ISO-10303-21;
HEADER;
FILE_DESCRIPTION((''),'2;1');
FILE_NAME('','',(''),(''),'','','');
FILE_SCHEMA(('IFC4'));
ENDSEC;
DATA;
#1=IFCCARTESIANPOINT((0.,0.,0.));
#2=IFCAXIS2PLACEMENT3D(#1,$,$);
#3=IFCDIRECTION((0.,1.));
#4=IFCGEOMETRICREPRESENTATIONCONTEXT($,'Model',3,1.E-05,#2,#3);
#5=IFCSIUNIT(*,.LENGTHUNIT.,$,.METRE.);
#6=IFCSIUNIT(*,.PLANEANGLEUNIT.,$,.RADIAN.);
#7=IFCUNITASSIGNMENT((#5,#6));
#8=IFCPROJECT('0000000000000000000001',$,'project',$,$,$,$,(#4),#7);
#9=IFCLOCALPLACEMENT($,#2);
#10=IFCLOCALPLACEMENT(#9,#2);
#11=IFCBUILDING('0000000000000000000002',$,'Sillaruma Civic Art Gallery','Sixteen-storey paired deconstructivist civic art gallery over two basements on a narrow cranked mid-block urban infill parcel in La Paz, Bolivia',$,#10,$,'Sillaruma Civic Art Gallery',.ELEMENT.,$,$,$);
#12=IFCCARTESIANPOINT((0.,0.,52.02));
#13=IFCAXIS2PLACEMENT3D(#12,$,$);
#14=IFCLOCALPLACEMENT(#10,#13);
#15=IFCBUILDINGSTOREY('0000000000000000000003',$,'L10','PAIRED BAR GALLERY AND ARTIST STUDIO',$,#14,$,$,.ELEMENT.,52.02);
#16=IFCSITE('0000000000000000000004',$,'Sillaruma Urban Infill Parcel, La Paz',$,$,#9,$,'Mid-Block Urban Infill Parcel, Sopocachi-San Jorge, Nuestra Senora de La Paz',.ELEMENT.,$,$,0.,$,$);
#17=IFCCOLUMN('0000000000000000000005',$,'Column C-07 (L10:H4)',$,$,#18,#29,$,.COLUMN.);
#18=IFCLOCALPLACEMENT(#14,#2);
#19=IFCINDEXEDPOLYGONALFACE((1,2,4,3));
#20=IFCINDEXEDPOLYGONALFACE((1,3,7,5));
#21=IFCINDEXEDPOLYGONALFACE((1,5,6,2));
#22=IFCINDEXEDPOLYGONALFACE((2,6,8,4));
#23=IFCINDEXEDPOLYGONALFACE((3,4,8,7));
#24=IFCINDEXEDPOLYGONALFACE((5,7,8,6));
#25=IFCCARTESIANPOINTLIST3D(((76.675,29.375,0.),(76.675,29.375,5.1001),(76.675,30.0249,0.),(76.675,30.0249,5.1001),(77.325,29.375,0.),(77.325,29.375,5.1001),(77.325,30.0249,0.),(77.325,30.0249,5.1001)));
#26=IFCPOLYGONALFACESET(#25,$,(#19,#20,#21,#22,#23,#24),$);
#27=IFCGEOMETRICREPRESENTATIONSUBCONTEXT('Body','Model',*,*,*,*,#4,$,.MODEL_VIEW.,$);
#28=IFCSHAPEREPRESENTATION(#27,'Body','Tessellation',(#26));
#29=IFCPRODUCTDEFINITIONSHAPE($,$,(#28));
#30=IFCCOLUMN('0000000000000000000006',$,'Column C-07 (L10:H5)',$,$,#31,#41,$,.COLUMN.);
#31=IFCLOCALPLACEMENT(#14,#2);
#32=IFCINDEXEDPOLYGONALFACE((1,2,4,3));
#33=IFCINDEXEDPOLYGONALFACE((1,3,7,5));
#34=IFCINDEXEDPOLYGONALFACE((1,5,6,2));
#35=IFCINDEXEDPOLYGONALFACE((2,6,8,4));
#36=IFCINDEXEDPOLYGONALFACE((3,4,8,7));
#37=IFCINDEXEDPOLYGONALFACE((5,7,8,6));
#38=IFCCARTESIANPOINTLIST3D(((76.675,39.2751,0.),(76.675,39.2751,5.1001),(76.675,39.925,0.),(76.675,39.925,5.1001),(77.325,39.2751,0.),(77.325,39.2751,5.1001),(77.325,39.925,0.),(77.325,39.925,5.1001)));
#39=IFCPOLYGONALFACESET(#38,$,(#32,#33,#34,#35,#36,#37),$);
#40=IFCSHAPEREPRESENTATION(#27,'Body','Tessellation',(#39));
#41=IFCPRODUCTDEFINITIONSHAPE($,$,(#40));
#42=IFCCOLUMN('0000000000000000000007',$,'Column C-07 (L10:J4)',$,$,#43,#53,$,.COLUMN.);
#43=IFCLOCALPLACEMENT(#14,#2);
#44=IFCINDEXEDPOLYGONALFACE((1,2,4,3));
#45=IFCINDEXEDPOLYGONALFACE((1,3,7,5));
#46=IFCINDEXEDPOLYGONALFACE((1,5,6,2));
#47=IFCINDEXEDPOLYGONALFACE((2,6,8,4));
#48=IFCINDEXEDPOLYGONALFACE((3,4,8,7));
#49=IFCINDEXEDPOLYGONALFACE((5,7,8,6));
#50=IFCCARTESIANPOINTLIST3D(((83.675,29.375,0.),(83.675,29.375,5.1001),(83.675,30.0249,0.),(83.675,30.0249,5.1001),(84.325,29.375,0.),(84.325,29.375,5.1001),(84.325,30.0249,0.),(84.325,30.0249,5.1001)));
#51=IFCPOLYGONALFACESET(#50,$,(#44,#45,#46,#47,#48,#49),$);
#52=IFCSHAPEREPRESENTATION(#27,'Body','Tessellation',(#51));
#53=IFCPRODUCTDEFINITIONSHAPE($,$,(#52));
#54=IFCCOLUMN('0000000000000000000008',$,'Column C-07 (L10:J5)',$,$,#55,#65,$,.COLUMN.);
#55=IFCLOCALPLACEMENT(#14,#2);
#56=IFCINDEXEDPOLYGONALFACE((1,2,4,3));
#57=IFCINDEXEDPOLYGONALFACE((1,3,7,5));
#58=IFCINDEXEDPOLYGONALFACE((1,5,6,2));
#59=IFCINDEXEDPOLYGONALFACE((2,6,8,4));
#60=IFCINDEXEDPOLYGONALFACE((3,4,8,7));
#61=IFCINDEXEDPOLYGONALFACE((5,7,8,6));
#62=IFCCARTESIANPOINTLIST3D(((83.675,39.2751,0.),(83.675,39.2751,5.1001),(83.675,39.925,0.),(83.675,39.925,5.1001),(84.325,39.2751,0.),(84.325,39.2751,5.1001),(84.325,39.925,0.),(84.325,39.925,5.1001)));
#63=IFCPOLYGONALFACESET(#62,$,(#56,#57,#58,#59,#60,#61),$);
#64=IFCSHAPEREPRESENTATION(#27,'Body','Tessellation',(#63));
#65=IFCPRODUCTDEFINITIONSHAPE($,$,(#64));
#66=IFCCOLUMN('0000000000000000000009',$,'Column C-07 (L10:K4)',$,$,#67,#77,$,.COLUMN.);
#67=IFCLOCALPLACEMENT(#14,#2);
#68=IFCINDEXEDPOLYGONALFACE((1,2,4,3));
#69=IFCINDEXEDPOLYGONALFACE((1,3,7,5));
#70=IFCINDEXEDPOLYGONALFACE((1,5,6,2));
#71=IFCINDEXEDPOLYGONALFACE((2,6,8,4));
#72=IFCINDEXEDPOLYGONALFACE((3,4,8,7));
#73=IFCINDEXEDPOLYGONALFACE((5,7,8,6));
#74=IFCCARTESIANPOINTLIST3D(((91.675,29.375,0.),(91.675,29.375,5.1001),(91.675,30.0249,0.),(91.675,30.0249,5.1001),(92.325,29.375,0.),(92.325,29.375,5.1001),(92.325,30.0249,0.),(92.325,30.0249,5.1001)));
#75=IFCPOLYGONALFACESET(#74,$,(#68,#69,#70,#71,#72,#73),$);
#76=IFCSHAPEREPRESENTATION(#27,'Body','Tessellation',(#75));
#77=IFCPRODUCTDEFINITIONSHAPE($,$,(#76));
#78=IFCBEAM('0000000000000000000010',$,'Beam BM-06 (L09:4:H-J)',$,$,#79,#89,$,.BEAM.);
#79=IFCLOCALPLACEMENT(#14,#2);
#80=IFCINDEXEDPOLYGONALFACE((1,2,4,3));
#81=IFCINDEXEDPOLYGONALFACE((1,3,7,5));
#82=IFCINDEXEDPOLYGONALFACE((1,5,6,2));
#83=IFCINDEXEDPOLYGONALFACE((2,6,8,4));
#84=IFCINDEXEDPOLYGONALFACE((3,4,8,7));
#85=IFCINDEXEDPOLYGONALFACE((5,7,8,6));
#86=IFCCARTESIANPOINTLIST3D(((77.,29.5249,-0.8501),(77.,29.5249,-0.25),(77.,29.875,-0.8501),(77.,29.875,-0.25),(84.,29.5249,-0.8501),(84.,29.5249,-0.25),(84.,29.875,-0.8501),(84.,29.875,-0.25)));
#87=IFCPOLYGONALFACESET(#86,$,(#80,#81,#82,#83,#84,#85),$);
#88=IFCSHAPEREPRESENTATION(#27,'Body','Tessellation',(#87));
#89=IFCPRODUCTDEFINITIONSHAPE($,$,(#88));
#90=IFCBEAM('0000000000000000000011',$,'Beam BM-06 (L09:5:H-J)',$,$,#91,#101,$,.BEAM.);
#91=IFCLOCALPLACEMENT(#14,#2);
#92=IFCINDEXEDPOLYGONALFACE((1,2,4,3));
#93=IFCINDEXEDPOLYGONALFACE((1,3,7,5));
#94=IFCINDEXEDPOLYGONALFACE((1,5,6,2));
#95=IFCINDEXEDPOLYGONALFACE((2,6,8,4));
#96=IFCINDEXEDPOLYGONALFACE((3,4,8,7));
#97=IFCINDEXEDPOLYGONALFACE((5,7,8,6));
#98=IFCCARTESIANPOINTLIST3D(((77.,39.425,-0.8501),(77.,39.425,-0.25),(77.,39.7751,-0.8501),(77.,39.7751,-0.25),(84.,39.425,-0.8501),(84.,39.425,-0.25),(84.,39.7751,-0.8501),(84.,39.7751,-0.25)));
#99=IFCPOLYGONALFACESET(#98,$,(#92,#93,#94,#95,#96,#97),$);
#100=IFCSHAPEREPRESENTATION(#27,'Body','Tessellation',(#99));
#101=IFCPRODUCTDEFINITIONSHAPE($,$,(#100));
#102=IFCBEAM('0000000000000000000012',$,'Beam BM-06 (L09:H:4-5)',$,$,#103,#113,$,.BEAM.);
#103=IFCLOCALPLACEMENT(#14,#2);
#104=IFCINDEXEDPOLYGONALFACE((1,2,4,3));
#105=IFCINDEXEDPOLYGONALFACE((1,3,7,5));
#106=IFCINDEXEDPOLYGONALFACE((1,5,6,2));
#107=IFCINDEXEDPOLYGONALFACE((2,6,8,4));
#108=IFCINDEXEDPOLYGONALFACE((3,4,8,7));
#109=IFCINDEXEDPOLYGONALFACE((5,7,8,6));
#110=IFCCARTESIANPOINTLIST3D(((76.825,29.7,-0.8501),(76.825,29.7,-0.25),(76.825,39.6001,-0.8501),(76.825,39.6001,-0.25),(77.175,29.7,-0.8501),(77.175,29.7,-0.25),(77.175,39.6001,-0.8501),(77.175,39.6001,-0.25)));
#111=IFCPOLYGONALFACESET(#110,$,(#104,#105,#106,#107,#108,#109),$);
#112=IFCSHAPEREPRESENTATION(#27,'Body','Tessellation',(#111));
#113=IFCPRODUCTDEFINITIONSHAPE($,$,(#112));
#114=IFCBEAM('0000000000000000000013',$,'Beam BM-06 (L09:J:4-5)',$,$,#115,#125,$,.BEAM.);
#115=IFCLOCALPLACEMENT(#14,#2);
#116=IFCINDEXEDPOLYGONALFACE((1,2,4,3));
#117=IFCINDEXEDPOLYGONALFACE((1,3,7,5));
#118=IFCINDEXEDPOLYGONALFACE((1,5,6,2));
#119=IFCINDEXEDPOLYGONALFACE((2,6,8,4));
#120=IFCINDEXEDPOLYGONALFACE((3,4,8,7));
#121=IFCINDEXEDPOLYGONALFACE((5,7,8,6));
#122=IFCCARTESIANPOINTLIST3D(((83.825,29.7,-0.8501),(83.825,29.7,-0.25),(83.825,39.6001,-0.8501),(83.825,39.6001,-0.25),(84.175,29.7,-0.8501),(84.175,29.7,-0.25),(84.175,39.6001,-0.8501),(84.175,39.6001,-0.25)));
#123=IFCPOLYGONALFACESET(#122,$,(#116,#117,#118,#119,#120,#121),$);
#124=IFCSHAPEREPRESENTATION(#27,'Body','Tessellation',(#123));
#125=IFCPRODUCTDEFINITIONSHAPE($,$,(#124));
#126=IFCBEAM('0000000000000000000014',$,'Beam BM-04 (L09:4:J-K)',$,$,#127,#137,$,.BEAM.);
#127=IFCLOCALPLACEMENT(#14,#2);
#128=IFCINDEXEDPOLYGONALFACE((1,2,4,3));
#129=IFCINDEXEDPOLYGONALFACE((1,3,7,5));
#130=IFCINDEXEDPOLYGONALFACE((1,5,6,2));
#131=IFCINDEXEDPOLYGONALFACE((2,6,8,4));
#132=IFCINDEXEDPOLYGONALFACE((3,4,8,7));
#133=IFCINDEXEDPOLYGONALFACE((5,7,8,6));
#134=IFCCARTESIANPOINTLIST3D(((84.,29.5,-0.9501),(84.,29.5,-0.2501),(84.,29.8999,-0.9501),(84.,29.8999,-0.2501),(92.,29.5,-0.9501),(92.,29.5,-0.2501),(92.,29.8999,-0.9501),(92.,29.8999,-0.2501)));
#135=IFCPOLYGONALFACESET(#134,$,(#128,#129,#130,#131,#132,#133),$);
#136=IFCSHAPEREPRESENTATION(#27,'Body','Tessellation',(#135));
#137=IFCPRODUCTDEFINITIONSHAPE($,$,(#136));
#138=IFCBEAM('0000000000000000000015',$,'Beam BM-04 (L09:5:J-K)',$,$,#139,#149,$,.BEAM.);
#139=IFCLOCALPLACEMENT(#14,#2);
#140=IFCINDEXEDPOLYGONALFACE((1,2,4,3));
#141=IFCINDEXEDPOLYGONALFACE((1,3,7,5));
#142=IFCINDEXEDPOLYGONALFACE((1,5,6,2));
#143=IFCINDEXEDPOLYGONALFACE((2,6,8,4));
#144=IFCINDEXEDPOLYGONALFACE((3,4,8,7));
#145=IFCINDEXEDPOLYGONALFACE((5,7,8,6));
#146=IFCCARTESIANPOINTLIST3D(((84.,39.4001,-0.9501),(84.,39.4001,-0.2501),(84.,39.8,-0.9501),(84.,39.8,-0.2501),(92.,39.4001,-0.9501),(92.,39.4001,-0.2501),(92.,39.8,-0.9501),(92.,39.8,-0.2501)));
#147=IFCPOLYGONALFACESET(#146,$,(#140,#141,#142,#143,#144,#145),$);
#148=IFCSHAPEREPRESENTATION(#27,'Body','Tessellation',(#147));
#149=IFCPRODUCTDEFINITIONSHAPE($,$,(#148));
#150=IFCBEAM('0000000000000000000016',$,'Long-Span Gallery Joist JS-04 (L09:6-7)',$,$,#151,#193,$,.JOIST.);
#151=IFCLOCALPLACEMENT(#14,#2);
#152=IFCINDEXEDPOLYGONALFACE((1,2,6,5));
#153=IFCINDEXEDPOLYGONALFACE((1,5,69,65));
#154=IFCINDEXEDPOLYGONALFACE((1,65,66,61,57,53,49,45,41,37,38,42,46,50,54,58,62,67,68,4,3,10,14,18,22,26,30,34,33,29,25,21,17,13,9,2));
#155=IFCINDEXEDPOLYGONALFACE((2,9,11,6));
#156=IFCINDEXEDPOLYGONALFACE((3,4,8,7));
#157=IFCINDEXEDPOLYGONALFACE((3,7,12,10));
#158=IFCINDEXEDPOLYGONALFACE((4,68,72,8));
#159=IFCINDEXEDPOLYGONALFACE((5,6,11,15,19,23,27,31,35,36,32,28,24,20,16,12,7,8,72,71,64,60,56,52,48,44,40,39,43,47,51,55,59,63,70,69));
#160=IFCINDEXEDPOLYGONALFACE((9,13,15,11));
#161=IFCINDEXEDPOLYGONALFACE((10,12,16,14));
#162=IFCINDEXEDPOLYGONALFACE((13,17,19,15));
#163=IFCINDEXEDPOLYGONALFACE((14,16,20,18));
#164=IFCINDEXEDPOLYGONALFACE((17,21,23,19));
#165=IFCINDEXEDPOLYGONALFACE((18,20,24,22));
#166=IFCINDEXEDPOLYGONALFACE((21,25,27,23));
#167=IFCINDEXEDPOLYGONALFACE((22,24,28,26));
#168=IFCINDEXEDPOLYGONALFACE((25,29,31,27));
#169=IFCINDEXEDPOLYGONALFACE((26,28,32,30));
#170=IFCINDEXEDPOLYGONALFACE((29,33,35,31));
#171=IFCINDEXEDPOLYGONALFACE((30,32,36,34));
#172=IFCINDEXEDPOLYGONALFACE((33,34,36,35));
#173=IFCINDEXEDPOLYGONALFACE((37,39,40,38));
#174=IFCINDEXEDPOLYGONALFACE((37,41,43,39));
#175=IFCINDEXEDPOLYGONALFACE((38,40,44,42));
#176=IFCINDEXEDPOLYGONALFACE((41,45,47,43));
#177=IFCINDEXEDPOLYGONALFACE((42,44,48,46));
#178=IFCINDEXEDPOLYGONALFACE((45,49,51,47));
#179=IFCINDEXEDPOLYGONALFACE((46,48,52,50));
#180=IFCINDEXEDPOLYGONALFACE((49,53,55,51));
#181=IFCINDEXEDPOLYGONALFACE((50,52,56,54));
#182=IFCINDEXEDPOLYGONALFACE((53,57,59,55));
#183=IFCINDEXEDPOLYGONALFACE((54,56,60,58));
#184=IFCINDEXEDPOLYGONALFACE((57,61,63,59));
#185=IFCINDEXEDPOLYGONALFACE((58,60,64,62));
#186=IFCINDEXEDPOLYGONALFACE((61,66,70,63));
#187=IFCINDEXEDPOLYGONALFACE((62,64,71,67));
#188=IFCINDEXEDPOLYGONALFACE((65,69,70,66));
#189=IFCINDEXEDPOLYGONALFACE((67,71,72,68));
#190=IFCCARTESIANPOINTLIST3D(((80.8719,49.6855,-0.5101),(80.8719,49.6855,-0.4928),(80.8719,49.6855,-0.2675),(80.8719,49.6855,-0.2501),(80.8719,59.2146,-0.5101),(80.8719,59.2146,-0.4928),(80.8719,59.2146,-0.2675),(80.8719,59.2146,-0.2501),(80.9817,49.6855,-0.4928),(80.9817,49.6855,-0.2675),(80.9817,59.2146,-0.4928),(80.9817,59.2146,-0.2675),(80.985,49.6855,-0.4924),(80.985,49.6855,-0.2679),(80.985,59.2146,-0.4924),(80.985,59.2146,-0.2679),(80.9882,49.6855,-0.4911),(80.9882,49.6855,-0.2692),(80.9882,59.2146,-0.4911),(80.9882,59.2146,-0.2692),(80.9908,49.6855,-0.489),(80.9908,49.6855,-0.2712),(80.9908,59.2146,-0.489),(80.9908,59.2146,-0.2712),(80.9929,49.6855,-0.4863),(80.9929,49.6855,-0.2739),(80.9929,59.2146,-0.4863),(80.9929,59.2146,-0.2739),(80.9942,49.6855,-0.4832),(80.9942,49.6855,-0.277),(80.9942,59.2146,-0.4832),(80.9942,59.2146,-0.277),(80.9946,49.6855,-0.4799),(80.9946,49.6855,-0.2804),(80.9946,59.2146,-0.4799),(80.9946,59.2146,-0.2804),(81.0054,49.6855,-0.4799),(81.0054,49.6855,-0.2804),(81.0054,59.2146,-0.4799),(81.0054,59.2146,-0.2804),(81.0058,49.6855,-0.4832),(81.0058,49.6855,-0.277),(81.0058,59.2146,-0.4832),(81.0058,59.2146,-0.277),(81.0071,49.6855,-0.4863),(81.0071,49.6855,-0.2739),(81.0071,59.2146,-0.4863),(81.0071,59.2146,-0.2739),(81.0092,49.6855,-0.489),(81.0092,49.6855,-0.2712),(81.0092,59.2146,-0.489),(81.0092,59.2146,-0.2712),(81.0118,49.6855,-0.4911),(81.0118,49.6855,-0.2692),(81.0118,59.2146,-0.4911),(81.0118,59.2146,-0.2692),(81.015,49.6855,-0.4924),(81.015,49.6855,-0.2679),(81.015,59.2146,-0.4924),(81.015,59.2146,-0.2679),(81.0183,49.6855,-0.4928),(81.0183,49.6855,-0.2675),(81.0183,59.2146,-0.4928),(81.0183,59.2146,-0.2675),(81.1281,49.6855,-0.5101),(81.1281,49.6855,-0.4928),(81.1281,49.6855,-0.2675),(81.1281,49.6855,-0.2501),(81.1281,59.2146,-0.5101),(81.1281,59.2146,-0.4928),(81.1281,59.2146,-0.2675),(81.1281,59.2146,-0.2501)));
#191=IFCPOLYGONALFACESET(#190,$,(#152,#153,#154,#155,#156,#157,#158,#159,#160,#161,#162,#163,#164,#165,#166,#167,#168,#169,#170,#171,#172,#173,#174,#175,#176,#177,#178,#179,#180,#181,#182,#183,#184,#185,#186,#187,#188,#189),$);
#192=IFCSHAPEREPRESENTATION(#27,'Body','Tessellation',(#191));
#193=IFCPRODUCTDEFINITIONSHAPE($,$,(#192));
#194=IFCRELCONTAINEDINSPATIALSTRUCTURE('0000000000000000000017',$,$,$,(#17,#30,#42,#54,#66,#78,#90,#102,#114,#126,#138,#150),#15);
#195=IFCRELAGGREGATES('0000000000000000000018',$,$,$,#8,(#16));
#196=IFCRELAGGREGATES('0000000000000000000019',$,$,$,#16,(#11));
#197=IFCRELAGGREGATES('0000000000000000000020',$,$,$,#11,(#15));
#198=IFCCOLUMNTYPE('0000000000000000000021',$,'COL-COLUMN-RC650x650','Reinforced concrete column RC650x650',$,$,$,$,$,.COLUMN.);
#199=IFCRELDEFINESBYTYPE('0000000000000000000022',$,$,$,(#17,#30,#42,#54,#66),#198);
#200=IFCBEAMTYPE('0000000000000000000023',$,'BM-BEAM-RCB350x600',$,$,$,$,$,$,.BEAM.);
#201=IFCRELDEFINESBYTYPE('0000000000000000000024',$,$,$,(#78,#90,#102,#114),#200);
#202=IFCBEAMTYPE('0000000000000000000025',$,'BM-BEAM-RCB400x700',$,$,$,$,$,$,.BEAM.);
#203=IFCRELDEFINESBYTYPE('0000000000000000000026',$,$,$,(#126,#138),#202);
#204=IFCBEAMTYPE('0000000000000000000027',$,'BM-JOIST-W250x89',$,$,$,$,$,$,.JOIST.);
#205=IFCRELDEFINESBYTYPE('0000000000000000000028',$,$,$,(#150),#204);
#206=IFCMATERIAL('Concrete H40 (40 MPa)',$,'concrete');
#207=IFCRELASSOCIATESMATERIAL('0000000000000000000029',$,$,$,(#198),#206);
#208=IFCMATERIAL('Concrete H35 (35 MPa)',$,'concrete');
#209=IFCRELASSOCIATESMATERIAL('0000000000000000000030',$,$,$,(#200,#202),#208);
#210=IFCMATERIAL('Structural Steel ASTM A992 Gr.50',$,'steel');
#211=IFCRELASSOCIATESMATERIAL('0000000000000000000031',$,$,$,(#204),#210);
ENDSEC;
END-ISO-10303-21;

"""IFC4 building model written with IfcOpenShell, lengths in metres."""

from ifc_helpers import new_model, si_unit, direction, frame, origin, origin_2d, place, context, subcontext, project, spatial, rectangle, i_section, extrude, material, material_profile, profile_set, type_object, element, save


model = new_model("IFC4")

# Units and contexts
model_context = context("Model", 3, precision=1e-05, world=origin(), true_north=direction((0.0, 1.0)))
body_context = subcontext(model_context, "Body", "Model", "MODEL_VIEW")
ifc_project = project(units=[si_unit("LENGTHUNIT", "METRE"), si_unit("PLANEANGLEUNIT", "RADIAN")], contexts=[model_context])

# Site, building, storey
site_placement = place(None, origin())
site = spatial("IfcSite", under=ifc_project, at=site_placement, Name="Sillaruma Urban Infill Parcel, La Paz", LongName="Mid-Block Urban Infill Parcel, Sopocachi-San Jorge, Nuestra Senora de La Paz", CompositionType="ELEMENT", RefElevation=0.0)
building_placement = place(site_placement, origin())
building = spatial("IfcBuilding", under=site, at=building_placement, Name="Sillaruma Civic Art Gallery", Description="Sixteen-storey paired deconstructivist civic art gallery over two basements on a narrow cranked mid-block urban infill parcel in La Paz, Bolivia", LongName="Sillaruma Civic Art Gallery", CompositionType="ELEMENT")
storey_placement = place(building_placement, frame((0.0, 0.0, 52.02)))
storey = spatial("IfcBuildingStorey", under=building, at=storey_placement, Name="L10", Description="PAIRED BAR GALLERY AND ARTIST STUDIO", CompositionType="ELEMENT", Elevation=52.02)

# Columns
ifc_material_1 = material(Name="Concrete H40 (40 MPa)", Category="concrete")
ifc_material_profile_1 = material_profile(ifc_material_1, rectangle(XDim=0.6499, YDim=0.6499, at=origin_2d()), Name="RC650x650")
ifc_profile_set_1 = profile_set([ifc_material_profile_1], Name="Concrete H40 (40 MPa)")
column_type = type_object("IfcColumnType", Name="COL-COLUMN-RC650x650", Description="Reinforced concrete column RC650x650", PredefinedType="COLUMN", material=ifc_profile_set_1)
for number, where, z_axis, x_axis, name in (
    (1, (77.0, 29.7, 0.0), (0.0, 0.0, 1.0), (1.0, 0.0, 0.0), "Column C-07 (L10:H4)"),
    (2, (77.0, 39.6001, 0.0), (0.0, 0.0, 1.0), (1.0, 0.0, 0.0), "Column C-07 (L10:H5)"),
    (3, (84.0, 29.7, 0.0), (0.0, 0.0, 1.0), (1.0, 0.0, 0.0), "Column C-07 (L10:J4)"),
    (4, (84.0, 39.6001, 0.0), (0.0, 0.0, 1.0), (1.0, 0.0, 0.0), "Column C-07 (L10:J5)"),
    (5, (92.0, 29.7, 0.0), (0.0, 0.0, 1.0), (1.0, 0.0, 0.0), "Column C-07 (L10:K4)"),
):
    element("IfcColumn", number, at=place(storey_placement, frame(where, z_axis=z_axis, x_axis=x_axis)), inside=storey, type_object=column_type, Name=name, PredefinedType="COLUMN", context=body_context, shape_type="SweptSolid", body=[
        extrude(rectangle(XDim=0.6499, YDim=0.6499, at=origin_2d()), origin(), (0.0, 0.0, 1.0), 5.1001),
    ])

# Beams
ifc_material_2 = material(Name="Concrete H35 (35 MPa)", Category="concrete")
ifc_material_profile_2 = material_profile(ifc_material_2, rectangle(XDim=0.3501, YDim=0.6001, at=origin_2d()), Name="RCB350x600")
ifc_profile_set_2 = profile_set([ifc_material_profile_2], Name="Concrete H35 (35 MPa)")
beam_type_1 = type_object("IfcBeamType", Name="BM-BEAM-RCB350x600", PredefinedType="BEAM", material=ifc_profile_set_2)
for number, where, z_axis, x_axis, name in (
    (6, (77.0, 29.7, -0.55), (1.0, 0.0, 0.0), (0.0, 1.0, 0.0), "Beam BM-06 (L09:4:H-J)"),
    (7, (77.0, 39.6001, -0.55), (1.0, 0.0, 0.0), (0.0, 1.0, 0.0), "Beam BM-06 (L09:5:H-J)"),
):
    element("IfcBeam", number, at=place(storey_placement, frame(where, z_axis=z_axis, x_axis=x_axis)), inside=storey, type_object=beam_type_1, Name=name, PredefinedType="BEAM", context=body_context, shape_type="SweptSolid", body=[
        extrude(rectangle(XDim=0.3501, YDim=0.6001, at=origin_2d()), origin(), (0.0, 0.0, 1.0), 7.0),
    ])
for number, where, z_axis, x_axis, name in (
    (8, (77.0, 29.7, -0.55), (0.0, 1.0, 0.0), (-1.0, 0.0, 0.0), "Beam BM-06 (L09:H:4-5)"),
    (9, (84.0, 29.7, -0.55), (0.0, 1.0, 0.0), (-1.0, 0.0, 0.0), "Beam BM-06 (L09:J:4-5)"),
):
    element("IfcBeam", number, at=place(storey_placement, frame(where, z_axis=z_axis, x_axis=x_axis)), inside=storey, type_object=beam_type_1, Name=name, PredefinedType="BEAM", context=body_context, shape_type="SweptSolid", body=[
        extrude(rectangle(XDim=0.3501, YDim=0.6001, at=origin_2d()), origin(), (0.0, 0.0, 1.0), 9.9001),
    ])
ifc_material_profile_3 = material_profile(ifc_material_2, rectangle(XDim=0.3999, YDim=0.7, at=origin_2d()), Name="RCB400x700")
ifc_profile_set_3 = profile_set([ifc_material_profile_3], Name="Concrete H35 (35 MPa)")
beam_type_2 = type_object("IfcBeamType", Name="BM-BEAM-RCB400x700", PredefinedType="BEAM", material=ifc_profile_set_3)
for number, where, z_axis, x_axis, name in (
    (10, (84.0, 29.7, -0.6001), (1.0, 0.0, 0.0), (0.0, 1.0, 0.0), "Beam BM-04 (L09:4:J-K)"),
    (11, (84.0, 39.6001, -0.6001), (1.0, 0.0, 0.0), (0.0, 1.0, 0.0), "Beam BM-04 (L09:5:J-K)"),
):
    element("IfcBeam", number, at=place(storey_placement, frame(where, z_axis=z_axis, x_axis=x_axis)), inside=storey, type_object=beam_type_2, Name=name, PredefinedType="BEAM", context=body_context, shape_type="SweptSolid", body=[
        extrude(rectangle(XDim=0.3999, YDim=0.7, at=origin_2d()), origin(), (0.0, 0.0, 1.0), 8.0),
    ])
ifc_material_3 = material(Name="Structural Steel ASTM A992 Gr.50", Category="steel")
ifc_material_profile_4 = material_profile(ifc_material_3, i_section(OverallWidth=0.2561, OverallDepth=0.26, WebThickness=0.0107, FlangeThickness=0.0173, FilletRadius=0.0129, at=origin_2d()), Name="W250x89")
ifc_profile_set_4 = profile_set([ifc_material_profile_4], Name="Structural Steel ASTM A992 Gr.50")
beam_type_3 = type_object("IfcBeamType", Name="BM-JOIST-W250x89", PredefinedType="JOIST", material=ifc_profile_set_4)
beam_placement = place(storey_placement, frame((81.0, 49.6855, -0.3801), z_axis=(0.0, 1.0, 0.0), x_axis=(-1.0, 0.0, 0.0)))
element("IfcBeam", 12, at=beam_placement, inside=storey, type_object=beam_type_3, Name="Long-Span Gallery Joist JS-04 (L09:6-7)", PredefinedType="JOIST", context=body_context, shape_type="SweptSolid", body=[
    extrude(i_section(OverallWidth=0.2561, OverallDepth=0.26, WebThickness=0.0107, FlangeThickness=0.0173, FilletRadius=0.0129, at=origin_2d()), origin(), (0.0, 0.0, 1.0), 9.5291),
])

save(model, "model.ifc")
